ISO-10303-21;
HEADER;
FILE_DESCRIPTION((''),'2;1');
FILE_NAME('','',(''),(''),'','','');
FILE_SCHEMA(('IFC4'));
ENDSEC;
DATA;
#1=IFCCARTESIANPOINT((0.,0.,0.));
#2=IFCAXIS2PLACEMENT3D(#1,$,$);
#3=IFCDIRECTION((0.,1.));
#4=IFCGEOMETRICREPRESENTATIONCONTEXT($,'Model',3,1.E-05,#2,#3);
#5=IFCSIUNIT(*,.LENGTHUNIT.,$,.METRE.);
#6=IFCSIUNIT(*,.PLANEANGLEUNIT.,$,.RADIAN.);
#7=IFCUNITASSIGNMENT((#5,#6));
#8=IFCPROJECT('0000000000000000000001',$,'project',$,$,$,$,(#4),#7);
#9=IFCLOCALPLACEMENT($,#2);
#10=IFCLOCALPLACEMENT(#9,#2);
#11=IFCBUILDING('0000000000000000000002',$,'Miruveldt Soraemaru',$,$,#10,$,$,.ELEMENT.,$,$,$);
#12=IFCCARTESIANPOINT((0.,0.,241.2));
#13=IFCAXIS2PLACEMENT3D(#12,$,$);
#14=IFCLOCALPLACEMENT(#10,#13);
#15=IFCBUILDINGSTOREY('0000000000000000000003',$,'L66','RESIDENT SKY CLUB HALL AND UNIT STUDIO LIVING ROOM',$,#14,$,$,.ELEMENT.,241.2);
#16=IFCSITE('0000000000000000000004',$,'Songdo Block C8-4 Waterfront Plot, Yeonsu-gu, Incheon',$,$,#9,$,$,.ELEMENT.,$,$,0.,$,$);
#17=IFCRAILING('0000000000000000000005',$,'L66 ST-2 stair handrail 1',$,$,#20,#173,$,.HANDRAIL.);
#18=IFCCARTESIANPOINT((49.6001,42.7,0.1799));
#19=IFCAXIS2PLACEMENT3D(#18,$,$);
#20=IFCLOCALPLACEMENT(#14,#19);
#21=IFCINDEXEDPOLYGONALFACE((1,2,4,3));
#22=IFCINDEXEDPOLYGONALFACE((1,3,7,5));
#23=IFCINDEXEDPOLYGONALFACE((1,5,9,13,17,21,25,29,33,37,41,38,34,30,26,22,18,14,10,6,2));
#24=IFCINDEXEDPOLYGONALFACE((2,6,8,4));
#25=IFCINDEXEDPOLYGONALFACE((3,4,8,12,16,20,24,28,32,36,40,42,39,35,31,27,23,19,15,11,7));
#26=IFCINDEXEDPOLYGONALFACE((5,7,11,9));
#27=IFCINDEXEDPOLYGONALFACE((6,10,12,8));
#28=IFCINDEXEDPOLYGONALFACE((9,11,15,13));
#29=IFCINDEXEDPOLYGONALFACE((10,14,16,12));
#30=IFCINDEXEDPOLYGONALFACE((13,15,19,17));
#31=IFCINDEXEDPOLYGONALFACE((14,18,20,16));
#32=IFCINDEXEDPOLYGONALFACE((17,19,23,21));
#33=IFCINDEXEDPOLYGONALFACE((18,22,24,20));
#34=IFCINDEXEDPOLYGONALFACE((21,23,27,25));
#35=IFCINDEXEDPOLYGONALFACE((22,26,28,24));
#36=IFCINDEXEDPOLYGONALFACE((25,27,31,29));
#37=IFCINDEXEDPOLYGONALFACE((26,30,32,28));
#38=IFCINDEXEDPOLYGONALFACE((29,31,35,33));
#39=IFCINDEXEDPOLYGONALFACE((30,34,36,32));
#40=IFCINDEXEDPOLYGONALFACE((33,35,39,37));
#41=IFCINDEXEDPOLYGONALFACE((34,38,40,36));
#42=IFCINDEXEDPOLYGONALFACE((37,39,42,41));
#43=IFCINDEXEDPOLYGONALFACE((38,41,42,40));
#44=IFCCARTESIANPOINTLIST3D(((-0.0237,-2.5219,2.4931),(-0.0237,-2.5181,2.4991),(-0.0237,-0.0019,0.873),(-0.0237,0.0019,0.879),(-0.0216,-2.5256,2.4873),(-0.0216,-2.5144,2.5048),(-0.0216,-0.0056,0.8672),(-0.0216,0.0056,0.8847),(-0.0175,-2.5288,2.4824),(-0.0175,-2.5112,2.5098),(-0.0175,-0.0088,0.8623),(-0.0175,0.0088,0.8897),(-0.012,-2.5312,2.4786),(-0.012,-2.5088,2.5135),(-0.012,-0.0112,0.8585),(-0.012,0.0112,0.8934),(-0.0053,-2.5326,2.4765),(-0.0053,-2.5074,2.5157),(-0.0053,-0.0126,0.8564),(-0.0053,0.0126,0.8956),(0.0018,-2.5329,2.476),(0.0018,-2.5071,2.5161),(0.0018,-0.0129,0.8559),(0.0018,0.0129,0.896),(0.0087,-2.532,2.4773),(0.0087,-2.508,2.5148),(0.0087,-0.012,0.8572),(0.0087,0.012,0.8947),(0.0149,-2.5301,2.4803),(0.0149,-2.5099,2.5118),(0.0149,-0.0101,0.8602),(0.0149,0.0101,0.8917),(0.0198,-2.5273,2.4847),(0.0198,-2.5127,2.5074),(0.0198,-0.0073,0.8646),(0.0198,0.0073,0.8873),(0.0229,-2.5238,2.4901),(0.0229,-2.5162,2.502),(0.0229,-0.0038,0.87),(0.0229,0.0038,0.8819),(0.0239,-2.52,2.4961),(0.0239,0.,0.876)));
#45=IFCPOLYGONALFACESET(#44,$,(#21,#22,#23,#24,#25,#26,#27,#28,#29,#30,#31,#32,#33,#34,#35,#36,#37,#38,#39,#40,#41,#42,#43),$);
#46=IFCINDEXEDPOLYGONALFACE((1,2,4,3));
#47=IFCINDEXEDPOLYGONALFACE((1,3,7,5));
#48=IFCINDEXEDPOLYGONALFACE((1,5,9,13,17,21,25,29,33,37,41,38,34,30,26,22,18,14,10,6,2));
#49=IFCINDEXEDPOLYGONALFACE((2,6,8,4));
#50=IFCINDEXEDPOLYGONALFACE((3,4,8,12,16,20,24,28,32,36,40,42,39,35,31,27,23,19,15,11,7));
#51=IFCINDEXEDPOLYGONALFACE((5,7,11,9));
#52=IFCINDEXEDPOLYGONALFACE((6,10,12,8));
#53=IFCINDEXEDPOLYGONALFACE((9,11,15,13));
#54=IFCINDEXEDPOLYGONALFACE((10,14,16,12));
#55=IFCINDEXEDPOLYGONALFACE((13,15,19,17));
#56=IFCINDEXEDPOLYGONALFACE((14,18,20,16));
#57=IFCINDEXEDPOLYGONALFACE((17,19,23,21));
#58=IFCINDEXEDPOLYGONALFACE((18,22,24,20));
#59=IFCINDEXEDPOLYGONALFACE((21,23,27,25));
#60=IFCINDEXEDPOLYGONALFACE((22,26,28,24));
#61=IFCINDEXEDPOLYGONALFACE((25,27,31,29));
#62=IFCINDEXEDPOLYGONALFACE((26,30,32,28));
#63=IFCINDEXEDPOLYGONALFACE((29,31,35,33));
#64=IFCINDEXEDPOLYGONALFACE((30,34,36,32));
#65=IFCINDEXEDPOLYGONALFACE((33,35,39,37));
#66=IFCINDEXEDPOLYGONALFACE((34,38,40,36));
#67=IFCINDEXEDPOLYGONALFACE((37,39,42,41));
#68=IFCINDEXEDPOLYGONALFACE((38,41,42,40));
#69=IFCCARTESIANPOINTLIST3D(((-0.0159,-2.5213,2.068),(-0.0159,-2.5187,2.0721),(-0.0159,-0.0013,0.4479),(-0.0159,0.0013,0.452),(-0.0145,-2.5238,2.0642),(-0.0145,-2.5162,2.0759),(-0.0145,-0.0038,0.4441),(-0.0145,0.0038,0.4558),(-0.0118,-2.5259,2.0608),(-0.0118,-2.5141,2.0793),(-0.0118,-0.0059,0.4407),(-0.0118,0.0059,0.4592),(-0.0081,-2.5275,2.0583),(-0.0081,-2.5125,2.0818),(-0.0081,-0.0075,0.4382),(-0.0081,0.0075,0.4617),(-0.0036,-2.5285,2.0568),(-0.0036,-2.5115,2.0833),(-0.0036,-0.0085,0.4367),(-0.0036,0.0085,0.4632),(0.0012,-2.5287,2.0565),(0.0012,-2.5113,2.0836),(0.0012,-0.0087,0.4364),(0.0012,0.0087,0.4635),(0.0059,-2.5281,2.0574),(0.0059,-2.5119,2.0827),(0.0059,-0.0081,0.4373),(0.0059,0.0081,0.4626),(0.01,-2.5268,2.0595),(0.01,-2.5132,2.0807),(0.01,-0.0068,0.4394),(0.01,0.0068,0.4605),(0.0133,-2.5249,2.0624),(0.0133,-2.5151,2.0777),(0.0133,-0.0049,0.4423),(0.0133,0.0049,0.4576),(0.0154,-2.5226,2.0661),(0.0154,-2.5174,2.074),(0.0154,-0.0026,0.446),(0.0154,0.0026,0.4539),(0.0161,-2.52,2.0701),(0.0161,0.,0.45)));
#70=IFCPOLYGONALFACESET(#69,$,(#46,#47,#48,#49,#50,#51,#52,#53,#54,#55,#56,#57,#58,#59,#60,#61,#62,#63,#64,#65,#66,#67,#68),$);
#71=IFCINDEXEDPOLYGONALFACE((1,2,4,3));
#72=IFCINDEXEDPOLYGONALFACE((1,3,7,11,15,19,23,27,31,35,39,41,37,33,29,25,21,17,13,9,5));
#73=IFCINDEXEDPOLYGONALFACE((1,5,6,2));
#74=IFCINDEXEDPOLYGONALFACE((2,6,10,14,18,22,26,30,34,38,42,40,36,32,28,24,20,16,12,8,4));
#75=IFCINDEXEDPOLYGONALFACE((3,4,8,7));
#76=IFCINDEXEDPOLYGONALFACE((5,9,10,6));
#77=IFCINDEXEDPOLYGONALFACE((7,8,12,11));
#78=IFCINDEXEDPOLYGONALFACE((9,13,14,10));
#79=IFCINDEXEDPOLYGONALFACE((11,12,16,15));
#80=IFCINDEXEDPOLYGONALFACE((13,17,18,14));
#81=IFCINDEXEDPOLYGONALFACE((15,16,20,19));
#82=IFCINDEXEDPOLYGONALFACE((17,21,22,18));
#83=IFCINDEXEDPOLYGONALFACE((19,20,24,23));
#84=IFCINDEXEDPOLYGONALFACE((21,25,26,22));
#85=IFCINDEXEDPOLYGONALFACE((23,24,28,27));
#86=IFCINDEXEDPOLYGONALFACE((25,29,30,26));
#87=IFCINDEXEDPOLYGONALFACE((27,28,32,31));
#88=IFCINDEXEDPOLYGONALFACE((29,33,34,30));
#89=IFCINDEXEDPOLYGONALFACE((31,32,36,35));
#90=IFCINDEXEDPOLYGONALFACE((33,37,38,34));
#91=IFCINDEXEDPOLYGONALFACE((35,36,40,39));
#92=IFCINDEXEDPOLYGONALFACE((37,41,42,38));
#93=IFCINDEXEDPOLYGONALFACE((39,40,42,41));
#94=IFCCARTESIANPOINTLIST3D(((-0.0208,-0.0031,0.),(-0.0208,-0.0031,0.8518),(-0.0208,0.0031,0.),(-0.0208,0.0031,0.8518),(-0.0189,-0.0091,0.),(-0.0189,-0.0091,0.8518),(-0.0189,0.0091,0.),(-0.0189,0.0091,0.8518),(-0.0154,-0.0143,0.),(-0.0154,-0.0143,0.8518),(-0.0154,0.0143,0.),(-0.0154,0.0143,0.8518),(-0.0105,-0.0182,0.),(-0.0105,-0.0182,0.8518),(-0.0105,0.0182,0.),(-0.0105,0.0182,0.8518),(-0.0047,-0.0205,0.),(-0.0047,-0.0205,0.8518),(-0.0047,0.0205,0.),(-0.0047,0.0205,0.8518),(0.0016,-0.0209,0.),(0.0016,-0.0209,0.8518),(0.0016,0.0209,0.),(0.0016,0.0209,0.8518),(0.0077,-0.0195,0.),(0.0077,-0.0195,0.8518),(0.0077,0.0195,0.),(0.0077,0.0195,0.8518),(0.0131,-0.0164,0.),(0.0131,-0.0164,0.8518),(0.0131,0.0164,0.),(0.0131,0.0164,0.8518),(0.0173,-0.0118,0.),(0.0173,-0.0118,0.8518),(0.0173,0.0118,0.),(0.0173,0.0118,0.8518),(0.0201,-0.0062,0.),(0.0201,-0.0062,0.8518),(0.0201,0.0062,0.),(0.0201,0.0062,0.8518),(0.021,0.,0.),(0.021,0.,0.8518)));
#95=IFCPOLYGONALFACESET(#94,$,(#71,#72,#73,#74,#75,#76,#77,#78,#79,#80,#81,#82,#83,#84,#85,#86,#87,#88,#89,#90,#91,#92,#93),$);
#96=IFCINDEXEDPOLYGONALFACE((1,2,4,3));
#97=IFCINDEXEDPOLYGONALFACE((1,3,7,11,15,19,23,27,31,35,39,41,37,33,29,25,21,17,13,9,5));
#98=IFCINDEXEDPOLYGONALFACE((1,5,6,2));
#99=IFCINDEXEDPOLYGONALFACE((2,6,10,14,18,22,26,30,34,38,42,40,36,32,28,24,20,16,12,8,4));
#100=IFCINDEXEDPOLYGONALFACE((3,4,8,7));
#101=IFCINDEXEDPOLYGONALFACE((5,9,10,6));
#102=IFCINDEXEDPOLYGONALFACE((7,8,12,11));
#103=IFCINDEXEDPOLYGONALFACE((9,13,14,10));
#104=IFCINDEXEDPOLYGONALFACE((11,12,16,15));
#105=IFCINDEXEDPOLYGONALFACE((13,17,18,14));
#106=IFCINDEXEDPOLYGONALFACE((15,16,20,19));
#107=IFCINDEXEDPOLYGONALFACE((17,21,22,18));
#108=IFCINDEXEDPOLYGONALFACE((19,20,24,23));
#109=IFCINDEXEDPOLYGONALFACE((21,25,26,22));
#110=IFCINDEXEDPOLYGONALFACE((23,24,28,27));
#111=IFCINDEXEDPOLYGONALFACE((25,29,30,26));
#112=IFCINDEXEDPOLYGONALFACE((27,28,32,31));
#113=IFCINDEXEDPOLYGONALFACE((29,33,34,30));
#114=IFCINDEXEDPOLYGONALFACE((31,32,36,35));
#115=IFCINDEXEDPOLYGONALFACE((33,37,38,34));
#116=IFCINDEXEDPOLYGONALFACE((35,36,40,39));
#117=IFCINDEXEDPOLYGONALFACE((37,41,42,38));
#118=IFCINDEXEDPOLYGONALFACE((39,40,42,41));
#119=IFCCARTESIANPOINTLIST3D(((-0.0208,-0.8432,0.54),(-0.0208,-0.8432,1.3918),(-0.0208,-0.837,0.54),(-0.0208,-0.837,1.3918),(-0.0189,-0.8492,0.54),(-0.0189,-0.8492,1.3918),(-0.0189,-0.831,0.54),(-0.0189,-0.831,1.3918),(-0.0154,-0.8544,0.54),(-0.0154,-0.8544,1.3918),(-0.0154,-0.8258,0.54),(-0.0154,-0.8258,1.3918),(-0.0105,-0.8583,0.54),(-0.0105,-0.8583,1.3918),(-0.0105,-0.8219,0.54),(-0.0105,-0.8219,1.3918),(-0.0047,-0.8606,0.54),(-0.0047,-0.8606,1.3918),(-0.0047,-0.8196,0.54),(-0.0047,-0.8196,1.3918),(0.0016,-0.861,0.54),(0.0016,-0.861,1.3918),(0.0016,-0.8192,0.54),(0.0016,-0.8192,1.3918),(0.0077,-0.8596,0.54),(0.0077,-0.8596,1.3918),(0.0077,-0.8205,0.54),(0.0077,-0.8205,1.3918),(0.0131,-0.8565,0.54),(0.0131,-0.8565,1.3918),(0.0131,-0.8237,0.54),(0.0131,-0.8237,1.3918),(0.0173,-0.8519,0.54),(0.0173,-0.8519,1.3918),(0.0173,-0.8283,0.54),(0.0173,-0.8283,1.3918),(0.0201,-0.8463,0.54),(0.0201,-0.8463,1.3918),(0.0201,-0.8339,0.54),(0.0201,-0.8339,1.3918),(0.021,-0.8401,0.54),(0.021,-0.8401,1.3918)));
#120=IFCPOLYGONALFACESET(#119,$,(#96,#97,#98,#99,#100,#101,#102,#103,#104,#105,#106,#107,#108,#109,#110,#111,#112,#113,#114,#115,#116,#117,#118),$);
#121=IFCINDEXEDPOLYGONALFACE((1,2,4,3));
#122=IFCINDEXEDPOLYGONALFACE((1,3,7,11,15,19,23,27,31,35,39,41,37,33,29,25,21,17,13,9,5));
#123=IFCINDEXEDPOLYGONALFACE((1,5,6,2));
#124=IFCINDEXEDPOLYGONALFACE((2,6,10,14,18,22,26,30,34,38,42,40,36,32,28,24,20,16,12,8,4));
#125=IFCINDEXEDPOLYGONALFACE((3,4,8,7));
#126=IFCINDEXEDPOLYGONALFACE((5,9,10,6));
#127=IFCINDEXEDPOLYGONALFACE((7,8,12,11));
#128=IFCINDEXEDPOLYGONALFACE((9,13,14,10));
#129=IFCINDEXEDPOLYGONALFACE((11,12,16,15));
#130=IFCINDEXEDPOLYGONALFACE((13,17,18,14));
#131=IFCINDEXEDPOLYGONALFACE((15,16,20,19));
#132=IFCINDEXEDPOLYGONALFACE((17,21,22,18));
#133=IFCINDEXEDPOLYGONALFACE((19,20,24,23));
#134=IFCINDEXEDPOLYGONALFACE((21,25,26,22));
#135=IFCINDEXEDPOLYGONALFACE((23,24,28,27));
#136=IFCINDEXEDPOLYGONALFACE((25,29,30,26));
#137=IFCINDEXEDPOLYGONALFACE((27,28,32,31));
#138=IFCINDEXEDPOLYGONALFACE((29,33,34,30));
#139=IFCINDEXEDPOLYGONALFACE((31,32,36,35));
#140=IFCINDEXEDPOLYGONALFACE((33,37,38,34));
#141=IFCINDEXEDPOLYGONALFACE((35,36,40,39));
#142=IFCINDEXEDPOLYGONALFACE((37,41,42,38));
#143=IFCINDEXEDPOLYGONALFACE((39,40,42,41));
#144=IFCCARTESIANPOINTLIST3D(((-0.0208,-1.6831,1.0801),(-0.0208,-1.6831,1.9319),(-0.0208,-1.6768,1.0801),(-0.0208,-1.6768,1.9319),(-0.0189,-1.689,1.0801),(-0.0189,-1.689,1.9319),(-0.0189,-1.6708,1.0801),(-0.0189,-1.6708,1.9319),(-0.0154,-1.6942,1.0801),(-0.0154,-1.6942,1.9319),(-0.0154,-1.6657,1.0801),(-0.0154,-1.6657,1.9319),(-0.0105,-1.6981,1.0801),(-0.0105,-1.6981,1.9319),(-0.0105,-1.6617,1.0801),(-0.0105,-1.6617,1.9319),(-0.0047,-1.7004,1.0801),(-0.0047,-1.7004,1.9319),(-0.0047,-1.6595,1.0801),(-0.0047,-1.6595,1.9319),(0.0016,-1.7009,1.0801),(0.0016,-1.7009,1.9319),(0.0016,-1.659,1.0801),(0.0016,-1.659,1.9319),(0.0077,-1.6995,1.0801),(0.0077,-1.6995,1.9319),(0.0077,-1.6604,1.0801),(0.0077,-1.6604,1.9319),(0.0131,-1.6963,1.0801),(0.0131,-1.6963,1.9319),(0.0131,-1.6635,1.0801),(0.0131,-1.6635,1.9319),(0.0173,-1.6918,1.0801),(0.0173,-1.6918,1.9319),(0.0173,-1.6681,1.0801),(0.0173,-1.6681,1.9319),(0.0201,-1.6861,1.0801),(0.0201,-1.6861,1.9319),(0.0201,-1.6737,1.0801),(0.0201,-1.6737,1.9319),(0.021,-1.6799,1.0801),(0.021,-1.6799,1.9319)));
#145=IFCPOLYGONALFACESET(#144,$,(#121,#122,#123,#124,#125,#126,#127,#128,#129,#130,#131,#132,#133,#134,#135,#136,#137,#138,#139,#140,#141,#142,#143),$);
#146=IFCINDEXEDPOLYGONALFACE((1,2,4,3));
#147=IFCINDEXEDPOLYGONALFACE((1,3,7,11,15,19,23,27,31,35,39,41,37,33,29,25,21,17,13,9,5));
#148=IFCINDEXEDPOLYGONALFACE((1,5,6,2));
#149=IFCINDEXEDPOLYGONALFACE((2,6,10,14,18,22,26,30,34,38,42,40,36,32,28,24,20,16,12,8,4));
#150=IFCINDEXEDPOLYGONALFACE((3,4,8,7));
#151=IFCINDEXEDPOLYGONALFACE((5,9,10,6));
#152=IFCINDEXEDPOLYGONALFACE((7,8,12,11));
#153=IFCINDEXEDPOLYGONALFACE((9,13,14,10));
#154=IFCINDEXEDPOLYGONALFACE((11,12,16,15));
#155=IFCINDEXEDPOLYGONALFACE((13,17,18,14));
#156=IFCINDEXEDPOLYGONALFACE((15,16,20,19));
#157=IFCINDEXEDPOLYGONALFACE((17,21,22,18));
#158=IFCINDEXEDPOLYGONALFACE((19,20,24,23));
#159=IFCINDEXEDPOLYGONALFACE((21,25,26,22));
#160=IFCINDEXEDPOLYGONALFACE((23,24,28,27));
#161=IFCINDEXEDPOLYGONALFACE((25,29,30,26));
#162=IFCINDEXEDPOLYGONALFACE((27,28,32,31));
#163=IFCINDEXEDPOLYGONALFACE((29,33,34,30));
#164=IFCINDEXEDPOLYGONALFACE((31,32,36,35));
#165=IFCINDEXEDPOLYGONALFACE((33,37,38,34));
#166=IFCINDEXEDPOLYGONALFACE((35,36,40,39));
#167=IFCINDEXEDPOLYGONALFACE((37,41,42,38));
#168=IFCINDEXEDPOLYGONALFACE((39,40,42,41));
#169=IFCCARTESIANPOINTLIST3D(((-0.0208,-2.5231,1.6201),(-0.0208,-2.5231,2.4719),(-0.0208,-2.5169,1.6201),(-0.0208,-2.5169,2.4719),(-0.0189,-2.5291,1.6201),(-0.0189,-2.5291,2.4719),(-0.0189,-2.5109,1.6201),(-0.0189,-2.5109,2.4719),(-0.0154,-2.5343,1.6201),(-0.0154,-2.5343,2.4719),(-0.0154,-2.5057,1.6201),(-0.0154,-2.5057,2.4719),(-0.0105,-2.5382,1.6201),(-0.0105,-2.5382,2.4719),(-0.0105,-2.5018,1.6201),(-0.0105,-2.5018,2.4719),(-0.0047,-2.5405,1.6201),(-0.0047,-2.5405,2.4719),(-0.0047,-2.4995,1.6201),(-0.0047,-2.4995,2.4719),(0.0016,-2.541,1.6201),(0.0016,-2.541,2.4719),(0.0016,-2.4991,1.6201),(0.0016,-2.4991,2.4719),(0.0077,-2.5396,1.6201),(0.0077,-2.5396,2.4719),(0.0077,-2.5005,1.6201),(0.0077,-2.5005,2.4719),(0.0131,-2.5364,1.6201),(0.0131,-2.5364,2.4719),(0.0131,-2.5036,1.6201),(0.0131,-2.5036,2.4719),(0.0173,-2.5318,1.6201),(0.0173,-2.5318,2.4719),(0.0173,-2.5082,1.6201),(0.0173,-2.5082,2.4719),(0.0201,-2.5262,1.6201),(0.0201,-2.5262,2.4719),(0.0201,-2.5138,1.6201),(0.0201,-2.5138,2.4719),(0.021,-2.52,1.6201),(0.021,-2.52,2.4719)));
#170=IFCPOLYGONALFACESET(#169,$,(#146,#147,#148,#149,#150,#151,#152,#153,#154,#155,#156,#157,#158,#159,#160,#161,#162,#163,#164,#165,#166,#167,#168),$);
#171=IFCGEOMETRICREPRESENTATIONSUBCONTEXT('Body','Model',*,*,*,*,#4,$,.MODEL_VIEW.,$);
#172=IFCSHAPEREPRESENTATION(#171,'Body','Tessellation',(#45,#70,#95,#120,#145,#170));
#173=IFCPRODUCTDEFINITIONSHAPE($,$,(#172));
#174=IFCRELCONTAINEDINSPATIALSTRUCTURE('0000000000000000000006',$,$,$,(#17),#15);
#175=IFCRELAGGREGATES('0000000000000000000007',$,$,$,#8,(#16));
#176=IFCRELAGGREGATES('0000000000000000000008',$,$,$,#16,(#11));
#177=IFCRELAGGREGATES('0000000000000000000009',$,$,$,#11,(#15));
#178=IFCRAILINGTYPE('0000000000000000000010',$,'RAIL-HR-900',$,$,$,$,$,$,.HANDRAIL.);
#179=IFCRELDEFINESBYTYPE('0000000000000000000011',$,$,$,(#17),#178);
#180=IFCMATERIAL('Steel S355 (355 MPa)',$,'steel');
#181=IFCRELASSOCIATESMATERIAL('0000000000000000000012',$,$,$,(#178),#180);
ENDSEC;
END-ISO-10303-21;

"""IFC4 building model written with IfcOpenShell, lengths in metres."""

from ifc_helpers import new_model, si_unit, direction, frame, origin, origin_2d, place, context, subcontext, project, spatial, circle, extrude, material, type_object, element, save


model = new_model("IFC4")

# Units and contexts
model_context = context("Model", 3, precision=1e-05, world=origin(), true_north=direction((0.0, 1.0)))
body_context = subcontext(model_context, "Body", "Model", "MODEL_VIEW")
ifc_project = project(units=[si_unit("LENGTHUNIT", "METRE"), si_unit("PLANEANGLEUNIT", "RADIAN")], contexts=[model_context])

# Site, building, storey
site_placement = place(None, origin())
site = spatial("IfcSite", under=ifc_project, at=site_placement, Name="Songdo Block C8-4 Waterfront Plot, Yeonsu-gu, Incheon", CompositionType="ELEMENT", RefElevation=0.0)
building_placement = place(site_placement, origin())
building = spatial("IfcBuilding", under=site, at=building_placement, Name="Miruveldt Soraemaru", CompositionType="ELEMENT")
storey_placement = place(building_placement, frame((0.0, 0.0, 241.2)))
storey = spatial("IfcBuildingStorey", under=building, at=storey_placement, Name="L66", Description="RESIDENT SKY CLUB HALL AND UNIT STUDIO LIVING ROOM", CompositionType="ELEMENT", Elevation=241.2)

# Railing
ifc_material_1 = material(Name="Steel S355 (355 MPa)", Category="steel")
railing_type_1 = type_object("IfcRailingType", Name="RAIL-HR-900", PredefinedType="HANDRAIL", material=ifc_material_1)
railing_1_placement = place(storey_placement, frame((49.6001, 42.7, 0.1799)))
element("IfcRailing", 1, at=railing_1_placement, inside=storey, type_object=railing_type_1, Name="L66 ST-2 stair handrail 1", PredefinedType="HANDRAIL", context=body_context, shape_type="SweptSolid", body=[
    extrude(circle(Radius=0.0239, at=origin_2d()), frame((0.0, 0.0, 0.876), z_axis=(0.0, -0.841163, 0.540782), x_axis=(1.0, 0.0, 0.0)), (0.0, 0.0, 1.0), 2.9958),
    extrude(circle(Radius=0.0161, at=origin_2d()), frame((0.0, 0.0, 0.45), z_axis=(0.0, -0.841163, 0.540782), x_axis=(1.0, 0.0, 0.0)), (0.0, 0.0, 1.0), 2.9958),
    extrude(circle(Radius=0.021, at=origin_2d()), origin(), (0.0, 0.0, 1.0), 0.8518),
    extrude(circle(Radius=0.021, at=origin_2d()), frame((0.0, -0.8401, 0.54)), (0.0, 0.0, 1.0), 0.8518),
    extrude(circle(Radius=0.021, at=origin_2d()), frame((0.0, -1.6799, 1.0801)), (0.0, 0.0, 1.0), 0.8518),
    extrude(circle(Radius=0.021, at=origin_2d()), frame((0.0, -2.52, 1.6201)), (0.0, 0.0, 1.0), 0.8518),
])

save(model, "model.ifc")
